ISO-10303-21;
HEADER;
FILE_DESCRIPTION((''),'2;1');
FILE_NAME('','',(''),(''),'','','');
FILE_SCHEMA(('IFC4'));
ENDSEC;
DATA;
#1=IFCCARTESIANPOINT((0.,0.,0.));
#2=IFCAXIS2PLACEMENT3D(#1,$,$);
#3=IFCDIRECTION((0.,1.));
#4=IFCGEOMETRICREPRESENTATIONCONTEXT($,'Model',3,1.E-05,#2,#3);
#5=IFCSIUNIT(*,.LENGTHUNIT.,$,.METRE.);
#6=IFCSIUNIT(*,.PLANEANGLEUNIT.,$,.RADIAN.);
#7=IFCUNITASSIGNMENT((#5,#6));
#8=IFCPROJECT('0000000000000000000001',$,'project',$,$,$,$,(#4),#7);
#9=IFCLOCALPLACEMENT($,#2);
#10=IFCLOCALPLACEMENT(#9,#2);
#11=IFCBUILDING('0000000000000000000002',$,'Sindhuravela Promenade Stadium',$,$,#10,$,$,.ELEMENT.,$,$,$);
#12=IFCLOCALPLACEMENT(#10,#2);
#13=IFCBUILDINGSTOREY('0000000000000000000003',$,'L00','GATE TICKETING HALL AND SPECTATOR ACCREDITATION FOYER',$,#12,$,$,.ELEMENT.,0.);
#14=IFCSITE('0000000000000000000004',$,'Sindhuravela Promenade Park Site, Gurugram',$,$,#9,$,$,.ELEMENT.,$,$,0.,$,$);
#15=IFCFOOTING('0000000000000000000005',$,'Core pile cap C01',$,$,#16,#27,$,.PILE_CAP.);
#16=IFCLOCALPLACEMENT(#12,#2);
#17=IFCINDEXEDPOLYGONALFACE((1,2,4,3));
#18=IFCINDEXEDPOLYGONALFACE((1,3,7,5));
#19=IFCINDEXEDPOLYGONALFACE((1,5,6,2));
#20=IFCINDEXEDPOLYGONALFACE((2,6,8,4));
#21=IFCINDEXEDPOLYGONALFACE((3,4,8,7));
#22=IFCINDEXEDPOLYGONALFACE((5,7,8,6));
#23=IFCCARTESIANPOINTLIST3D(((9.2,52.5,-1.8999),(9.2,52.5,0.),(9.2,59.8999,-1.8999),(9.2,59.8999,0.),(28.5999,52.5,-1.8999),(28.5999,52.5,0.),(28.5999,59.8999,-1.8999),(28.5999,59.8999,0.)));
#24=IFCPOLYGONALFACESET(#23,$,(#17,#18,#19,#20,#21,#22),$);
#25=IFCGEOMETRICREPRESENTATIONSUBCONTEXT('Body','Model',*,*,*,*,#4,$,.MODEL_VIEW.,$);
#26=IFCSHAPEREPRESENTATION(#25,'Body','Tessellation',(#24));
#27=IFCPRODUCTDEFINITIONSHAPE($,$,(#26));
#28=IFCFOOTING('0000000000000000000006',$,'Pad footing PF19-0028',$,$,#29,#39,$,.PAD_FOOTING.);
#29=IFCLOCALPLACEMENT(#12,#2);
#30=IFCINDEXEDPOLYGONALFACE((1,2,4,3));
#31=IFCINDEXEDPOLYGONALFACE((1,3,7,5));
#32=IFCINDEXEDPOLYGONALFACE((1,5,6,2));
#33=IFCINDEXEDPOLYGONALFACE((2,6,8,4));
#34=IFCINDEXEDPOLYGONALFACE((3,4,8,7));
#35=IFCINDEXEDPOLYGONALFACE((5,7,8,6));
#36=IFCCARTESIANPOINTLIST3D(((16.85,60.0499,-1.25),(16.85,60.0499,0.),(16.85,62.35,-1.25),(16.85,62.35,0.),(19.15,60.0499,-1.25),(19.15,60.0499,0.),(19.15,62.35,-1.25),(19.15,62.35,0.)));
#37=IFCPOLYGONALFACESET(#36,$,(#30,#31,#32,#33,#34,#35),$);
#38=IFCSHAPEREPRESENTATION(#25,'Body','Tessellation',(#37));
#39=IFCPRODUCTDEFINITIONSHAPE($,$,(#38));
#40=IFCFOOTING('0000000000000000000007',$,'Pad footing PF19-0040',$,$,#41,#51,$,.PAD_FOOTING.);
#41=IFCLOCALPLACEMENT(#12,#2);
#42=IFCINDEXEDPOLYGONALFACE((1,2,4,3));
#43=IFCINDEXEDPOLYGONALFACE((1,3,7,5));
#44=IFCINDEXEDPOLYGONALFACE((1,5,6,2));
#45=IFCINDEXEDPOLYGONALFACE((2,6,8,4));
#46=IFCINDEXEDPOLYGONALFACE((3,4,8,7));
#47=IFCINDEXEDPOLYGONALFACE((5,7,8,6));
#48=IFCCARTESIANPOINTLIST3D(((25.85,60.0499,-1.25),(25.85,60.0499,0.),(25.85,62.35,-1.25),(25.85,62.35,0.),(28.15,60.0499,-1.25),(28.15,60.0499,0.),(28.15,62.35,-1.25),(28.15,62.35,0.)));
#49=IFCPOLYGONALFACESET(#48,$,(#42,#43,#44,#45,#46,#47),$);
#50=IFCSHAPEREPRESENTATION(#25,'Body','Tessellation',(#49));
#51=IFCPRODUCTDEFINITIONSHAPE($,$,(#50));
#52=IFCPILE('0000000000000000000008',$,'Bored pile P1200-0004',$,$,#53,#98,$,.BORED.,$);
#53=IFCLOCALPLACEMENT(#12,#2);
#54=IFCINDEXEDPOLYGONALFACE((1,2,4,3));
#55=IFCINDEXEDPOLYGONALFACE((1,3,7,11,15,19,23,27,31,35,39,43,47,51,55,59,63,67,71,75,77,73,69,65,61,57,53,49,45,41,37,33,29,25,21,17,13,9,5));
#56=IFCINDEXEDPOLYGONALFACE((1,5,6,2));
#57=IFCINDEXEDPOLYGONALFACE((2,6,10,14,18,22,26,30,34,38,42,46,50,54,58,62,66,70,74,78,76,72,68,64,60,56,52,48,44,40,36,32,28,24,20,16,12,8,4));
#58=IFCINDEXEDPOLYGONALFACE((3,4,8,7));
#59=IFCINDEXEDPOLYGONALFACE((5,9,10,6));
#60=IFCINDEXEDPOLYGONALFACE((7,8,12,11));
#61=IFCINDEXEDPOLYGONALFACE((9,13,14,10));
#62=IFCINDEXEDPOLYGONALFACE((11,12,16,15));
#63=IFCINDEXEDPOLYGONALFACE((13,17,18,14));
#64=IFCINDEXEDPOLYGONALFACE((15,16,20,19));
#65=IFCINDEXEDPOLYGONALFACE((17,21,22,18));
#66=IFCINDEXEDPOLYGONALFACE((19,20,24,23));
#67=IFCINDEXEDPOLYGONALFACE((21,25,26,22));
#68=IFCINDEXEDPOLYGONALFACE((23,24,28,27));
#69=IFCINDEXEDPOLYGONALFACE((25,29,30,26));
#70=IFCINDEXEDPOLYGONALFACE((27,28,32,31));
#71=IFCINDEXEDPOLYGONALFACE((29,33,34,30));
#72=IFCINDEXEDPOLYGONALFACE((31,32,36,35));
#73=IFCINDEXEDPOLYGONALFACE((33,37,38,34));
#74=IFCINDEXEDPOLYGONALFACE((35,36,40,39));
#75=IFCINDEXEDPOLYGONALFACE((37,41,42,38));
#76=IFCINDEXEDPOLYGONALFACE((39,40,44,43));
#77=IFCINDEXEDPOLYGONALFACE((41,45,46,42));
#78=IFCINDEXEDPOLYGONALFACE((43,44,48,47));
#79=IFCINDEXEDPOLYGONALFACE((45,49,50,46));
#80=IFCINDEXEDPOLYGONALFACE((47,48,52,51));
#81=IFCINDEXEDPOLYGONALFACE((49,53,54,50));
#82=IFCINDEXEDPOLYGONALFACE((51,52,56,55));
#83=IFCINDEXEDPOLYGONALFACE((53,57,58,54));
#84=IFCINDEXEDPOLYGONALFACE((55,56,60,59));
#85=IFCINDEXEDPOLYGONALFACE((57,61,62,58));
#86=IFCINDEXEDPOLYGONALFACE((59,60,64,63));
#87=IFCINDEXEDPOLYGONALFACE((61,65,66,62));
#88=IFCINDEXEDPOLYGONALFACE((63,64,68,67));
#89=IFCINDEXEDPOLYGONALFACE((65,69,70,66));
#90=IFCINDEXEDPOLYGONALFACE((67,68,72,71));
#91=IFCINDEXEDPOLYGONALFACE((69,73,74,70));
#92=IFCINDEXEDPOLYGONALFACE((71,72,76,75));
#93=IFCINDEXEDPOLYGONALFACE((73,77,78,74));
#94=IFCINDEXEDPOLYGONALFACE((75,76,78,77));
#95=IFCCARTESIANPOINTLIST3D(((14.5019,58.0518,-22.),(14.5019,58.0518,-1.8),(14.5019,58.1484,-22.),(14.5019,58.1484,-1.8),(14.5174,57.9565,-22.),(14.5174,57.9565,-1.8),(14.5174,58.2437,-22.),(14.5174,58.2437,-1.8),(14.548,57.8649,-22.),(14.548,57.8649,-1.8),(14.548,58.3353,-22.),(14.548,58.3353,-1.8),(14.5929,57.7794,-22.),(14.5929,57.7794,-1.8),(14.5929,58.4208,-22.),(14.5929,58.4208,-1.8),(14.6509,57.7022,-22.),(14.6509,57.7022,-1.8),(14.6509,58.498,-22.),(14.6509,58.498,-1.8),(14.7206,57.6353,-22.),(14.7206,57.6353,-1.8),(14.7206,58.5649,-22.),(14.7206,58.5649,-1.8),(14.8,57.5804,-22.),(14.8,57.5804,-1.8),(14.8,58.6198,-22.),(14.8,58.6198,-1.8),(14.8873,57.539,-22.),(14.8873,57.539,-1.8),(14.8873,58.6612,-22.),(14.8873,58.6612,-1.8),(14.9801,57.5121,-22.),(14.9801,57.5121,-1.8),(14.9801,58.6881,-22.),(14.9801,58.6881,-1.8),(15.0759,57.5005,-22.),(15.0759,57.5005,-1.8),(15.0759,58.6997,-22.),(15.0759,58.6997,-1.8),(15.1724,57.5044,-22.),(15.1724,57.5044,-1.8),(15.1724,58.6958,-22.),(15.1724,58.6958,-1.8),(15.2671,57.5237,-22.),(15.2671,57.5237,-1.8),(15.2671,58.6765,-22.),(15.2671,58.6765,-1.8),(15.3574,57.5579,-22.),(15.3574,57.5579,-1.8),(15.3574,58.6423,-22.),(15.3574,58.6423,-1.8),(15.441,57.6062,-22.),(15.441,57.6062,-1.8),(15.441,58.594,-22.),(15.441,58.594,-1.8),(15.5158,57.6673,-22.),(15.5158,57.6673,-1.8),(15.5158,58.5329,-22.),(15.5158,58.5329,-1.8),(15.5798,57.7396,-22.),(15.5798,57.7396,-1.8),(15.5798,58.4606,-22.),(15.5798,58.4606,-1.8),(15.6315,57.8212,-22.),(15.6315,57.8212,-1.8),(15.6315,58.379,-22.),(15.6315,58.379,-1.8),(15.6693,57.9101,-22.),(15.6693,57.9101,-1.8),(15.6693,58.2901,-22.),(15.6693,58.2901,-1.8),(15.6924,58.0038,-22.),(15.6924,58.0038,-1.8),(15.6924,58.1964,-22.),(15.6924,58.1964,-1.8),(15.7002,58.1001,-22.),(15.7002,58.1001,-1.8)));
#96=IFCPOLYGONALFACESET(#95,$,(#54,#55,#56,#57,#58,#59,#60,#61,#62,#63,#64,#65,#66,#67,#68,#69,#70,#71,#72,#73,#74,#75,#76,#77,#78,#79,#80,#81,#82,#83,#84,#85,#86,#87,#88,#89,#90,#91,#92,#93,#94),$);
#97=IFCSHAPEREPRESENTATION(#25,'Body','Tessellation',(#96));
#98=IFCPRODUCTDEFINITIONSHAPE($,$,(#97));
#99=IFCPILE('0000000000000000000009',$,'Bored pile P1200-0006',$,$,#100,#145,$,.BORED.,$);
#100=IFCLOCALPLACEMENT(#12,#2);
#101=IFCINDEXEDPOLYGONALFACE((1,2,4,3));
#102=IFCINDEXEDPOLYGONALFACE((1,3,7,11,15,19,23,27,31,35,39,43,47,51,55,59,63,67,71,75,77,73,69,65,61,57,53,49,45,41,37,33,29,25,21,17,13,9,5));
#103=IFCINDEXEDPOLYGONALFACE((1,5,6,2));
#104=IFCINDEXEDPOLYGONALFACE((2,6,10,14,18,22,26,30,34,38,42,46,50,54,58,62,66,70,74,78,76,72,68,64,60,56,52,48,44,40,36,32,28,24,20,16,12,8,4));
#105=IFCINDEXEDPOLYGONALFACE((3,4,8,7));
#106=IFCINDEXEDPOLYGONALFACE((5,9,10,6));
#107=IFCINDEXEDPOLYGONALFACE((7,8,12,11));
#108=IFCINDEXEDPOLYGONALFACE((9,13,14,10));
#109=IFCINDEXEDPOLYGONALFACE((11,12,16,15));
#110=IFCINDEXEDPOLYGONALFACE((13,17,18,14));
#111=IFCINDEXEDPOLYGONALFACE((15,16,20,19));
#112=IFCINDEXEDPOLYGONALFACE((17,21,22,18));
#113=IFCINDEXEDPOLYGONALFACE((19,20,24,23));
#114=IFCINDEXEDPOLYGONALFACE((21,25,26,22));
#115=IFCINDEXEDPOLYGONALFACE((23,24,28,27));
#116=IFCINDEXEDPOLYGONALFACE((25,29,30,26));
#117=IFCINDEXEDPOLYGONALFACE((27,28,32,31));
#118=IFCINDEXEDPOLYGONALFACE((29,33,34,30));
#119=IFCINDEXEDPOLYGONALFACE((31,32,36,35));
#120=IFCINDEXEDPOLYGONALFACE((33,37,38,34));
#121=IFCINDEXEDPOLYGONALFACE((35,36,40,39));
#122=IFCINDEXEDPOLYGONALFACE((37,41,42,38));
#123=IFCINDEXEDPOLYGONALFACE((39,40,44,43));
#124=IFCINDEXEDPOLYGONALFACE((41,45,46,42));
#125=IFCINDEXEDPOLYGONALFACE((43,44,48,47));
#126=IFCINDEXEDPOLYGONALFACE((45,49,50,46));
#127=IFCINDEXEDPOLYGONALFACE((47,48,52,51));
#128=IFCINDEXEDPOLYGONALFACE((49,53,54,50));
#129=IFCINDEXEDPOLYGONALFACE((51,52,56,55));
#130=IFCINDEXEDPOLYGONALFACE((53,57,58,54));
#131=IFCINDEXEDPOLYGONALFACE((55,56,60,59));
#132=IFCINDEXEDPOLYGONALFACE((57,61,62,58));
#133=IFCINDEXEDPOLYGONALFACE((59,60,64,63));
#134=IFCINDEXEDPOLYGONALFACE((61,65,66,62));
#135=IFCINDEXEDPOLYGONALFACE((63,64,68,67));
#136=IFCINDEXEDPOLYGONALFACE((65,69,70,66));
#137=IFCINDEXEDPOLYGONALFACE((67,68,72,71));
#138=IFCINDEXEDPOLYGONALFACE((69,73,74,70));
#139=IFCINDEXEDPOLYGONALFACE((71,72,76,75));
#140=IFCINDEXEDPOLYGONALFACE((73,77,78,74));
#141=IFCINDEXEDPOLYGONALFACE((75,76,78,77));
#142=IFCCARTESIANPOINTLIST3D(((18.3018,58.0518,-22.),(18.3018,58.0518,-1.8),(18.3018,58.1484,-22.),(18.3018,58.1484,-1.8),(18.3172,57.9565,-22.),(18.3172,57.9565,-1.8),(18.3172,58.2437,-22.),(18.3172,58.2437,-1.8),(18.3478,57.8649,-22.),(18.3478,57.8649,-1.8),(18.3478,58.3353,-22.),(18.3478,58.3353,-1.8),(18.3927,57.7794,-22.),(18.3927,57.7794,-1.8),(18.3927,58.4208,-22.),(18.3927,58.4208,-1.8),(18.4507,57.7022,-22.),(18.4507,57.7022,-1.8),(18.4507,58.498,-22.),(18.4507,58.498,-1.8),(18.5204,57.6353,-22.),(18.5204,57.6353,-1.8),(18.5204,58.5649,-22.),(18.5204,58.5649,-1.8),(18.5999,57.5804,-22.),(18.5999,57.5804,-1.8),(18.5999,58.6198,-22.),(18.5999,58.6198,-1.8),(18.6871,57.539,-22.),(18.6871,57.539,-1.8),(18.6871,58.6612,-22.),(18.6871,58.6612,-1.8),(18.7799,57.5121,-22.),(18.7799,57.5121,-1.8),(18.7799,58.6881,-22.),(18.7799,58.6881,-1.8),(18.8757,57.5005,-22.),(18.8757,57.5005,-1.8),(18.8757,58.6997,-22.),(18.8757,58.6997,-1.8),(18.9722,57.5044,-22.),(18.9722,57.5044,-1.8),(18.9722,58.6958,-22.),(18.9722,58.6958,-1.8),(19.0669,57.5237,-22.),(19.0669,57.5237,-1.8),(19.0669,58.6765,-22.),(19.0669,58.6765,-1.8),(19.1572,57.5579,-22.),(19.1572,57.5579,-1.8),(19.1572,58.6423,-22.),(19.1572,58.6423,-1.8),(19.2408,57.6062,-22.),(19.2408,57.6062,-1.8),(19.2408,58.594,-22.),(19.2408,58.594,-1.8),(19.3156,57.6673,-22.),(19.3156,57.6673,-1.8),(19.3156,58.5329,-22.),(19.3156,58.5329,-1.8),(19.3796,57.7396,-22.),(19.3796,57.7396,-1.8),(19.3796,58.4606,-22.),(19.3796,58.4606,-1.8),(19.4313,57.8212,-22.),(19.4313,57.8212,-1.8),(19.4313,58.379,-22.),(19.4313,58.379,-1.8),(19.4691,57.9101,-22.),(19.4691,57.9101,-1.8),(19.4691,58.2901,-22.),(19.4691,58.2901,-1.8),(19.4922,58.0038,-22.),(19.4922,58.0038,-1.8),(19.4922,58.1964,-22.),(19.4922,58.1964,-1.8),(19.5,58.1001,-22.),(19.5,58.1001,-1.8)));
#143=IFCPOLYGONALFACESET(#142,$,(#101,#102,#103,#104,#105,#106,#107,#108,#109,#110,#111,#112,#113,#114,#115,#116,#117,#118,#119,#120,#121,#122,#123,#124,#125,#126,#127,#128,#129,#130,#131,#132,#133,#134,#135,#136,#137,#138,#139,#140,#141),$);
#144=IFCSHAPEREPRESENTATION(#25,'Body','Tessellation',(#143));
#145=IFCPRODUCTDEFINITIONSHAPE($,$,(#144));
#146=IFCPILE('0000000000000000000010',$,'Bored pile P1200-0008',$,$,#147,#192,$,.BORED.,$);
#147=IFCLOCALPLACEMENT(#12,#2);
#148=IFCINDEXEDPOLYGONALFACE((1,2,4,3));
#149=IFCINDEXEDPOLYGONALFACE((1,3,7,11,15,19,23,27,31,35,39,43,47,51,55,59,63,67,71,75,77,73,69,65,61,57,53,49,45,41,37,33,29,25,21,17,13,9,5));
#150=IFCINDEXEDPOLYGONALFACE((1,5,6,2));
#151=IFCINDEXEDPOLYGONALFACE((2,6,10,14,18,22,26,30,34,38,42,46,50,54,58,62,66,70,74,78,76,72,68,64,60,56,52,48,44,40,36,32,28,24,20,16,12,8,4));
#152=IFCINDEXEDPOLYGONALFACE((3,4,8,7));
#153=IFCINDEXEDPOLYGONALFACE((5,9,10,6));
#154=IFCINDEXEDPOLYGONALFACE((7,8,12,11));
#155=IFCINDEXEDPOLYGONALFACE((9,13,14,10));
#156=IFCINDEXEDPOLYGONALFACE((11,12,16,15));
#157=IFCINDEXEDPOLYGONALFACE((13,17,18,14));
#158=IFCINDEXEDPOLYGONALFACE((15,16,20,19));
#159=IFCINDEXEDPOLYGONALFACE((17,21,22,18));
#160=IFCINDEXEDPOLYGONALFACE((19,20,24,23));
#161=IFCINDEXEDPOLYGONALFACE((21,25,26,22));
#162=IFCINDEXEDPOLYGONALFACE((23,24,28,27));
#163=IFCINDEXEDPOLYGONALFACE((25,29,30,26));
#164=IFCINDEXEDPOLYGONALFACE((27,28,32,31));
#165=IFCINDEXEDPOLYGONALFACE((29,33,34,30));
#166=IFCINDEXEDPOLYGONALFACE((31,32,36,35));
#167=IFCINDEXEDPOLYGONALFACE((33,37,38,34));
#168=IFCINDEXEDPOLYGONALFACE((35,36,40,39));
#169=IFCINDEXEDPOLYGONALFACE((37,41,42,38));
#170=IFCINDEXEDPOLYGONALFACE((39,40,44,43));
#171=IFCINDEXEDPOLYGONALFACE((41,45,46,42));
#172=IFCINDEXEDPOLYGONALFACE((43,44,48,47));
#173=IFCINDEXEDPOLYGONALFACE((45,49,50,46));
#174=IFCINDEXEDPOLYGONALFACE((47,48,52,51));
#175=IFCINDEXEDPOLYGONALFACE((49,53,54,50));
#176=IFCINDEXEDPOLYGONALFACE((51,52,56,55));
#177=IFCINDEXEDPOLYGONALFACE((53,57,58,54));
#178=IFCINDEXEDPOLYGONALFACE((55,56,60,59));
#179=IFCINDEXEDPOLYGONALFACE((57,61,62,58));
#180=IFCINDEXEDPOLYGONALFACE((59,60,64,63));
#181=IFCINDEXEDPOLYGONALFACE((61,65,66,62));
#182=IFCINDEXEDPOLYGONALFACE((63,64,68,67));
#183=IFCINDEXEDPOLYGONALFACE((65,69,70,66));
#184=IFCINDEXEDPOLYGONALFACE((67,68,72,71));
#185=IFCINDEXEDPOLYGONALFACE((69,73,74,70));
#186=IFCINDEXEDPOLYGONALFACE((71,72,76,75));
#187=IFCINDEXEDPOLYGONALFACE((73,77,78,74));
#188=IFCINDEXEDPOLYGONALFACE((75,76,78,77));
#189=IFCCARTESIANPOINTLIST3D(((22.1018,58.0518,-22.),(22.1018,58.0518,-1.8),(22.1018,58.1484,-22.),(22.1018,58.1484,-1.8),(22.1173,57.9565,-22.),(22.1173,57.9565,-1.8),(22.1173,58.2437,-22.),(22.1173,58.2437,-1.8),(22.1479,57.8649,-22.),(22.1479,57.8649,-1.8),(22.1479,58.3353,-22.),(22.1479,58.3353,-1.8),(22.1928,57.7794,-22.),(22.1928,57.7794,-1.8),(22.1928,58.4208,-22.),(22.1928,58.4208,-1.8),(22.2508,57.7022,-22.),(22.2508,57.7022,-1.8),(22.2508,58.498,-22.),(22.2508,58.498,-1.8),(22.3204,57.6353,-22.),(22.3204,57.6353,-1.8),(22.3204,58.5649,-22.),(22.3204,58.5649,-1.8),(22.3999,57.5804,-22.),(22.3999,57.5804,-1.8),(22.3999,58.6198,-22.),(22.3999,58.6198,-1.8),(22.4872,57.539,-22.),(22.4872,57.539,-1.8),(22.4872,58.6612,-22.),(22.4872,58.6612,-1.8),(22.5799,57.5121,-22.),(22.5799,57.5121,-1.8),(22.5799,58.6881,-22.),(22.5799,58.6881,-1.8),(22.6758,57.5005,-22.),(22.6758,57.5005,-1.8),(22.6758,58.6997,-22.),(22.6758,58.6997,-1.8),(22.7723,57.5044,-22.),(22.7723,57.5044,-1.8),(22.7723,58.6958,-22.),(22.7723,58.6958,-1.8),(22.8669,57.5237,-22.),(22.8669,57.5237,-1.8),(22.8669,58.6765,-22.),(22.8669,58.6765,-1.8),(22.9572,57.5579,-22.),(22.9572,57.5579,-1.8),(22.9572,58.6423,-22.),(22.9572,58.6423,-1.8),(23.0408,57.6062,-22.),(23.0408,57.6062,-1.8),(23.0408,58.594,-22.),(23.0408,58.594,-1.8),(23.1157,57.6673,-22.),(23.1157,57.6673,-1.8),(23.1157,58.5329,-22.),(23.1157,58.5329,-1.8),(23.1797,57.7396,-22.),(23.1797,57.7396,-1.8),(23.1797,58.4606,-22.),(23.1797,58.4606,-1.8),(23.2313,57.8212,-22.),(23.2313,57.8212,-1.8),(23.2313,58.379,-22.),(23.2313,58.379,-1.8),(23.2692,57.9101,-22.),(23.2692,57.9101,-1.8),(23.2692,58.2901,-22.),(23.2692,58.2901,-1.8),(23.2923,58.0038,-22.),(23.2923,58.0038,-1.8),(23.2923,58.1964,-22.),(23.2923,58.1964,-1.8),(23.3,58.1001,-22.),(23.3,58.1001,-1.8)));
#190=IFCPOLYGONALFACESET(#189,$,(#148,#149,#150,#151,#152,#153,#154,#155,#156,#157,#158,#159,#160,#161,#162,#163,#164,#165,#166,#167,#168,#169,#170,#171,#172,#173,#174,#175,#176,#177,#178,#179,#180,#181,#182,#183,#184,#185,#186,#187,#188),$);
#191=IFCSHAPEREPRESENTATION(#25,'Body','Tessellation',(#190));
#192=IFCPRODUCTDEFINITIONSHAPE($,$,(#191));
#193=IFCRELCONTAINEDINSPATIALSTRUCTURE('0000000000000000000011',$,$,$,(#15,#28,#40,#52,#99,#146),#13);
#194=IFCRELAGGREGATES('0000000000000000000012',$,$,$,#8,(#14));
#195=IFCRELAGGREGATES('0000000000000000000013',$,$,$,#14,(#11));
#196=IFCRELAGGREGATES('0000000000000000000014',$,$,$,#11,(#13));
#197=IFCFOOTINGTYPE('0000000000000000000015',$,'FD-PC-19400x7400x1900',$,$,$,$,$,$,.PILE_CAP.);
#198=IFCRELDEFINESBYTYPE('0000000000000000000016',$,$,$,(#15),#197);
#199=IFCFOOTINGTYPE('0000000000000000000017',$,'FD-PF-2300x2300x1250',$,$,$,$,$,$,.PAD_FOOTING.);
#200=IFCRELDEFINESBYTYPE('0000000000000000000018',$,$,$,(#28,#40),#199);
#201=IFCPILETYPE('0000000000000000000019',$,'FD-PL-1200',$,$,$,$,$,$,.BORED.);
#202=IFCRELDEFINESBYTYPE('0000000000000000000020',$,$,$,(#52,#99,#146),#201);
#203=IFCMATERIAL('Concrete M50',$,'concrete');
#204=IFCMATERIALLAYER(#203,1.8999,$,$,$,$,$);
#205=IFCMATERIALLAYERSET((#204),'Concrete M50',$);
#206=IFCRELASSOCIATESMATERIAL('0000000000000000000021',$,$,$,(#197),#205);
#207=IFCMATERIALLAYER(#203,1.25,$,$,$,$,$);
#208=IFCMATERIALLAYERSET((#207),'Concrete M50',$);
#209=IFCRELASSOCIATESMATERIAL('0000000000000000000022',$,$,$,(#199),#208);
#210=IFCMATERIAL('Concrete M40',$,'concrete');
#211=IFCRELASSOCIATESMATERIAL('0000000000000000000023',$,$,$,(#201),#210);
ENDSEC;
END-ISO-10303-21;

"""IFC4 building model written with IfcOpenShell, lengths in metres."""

from ifc_helpers import new_model, si_unit, direction, frame, origin, origin_2d, place, context, subcontext, project, spatial, rectangle, circle, extrude, material, layer, layer_set, material_profile, profile_set, type_object, element, save


model = new_model("IFC4")

# Units and contexts
model_context = context("Model", 3, precision=1e-05, world=origin(), true_north=direction((0.0, 1.0)))
body_context = subcontext(model_context, "Body", "Model", "MODEL_VIEW")
ifc_project = project(units=[si_unit("LENGTHUNIT", "METRE"), si_unit("PLANEANGLEUNIT", "RADIAN")], contexts=[model_context])

# Site, building, storey
site_placement = place(None, origin())
site = spatial("IfcSite", under=ifc_project, at=site_placement, Name="Sindhuravela Promenade Park Site, Gurugram", CompositionType="ELEMENT", RefElevation=0.0)
building_placement = place(site_placement, origin())
building = spatial("IfcBuilding", under=site, at=building_placement, Name="Sindhuravela Promenade Stadium", CompositionType="ELEMENT")
storey_placement = place(building_placement, origin())
storey = spatial("IfcBuildingStorey", under=building, at=storey_placement, Name="L00", Description="GATE TICKETING HALL AND SPECTATOR ACCREDITATION FOYER", CompositionType="ELEMENT", Elevation=0.0)

# Footings
ifc_material_1 = material(Name="Concrete M50", Category="concrete")
ifc_layer_1 = layer(ifc_material_1, 1.8999)
ifc_layer_set_1 = layer_set([ifc_layer_1], Name="Concrete M50")
footing_type_1 = type_object("IfcFootingType", Name="FD-PC-19400x7400x1900", PredefinedType="PILE_CAP", material=ifc_layer_set_1)
footing_placement = place(storey_placement, frame((18.8999, 56.2, -1.8999), z_axis=(0.0, 0.0, 1.0), x_axis=(1.0, 0.0, 0.0)))
element("IfcFooting", 1, at=footing_placement, inside=storey, type_object=footing_type_1, Name="Core pile cap C01", PredefinedType="PILE_CAP", context=body_context, shape_type="SweptSolid", body=[
    extrude(rectangle(XDim=19.3999, YDim=7.3999, at=origin_2d()), origin(), (0.0, 0.0, 1.0), 1.8999),
])
ifc_layer_2 = layer(ifc_material_1, 1.25)
ifc_layer_set_2 = layer_set([ifc_layer_2], Name="Concrete M50")
footing_type_2 = type_object("IfcFootingType", Name="FD-PF-2300x2300x1250", PredefinedType="PAD_FOOTING", material=ifc_layer_set_2)
for number, where, z_axis, x_axis, name in (
    (2, (18.0, 61.2, -1.25), (0.0, 0.0, 1.0), (1.0, 0.0, 0.0), "Pad footing PF19-0028"),
    (3, (27.0, 61.2, -1.25), (0.0, 0.0, 1.0), (1.0, 0.0, 0.0), "Pad footing PF19-0040"),
):
    element("IfcFooting", number, at=place(storey_placement, frame(where, z_axis=z_axis, x_axis=x_axis)), inside=storey, type_object=footing_type_2, Name=name, PredefinedType="PAD_FOOTING", context=body_context, shape_type="SweptSolid", body=[
        extrude(rectangle(XDim=2.3, YDim=2.3, at=origin_2d()), origin(), (0.0, 0.0, 1.0), 1.25),
    ])

# Piles
ifc_material_2 = material(Name="Concrete M40", Category="concrete")
ifc_material_profile_1 = material_profile(ifc_material_2, circle(Radius=0.6001, at=origin_2d()), Name="BORED PILE D1200")
ifc_profile_set_1 = profile_set([ifc_material_profile_1], Name="Concrete M40")
pile_type = type_object("IfcPileType", Name="FD-PL-1200", PredefinedType="BORED", material=ifc_profile_set_1)
for number, where, z_axis, x_axis, name in (
    (4, (15.1001, 58.1001, -1.8), (0.0, 0.0, -1.0), (1.0, 0.0, 0.0), "Bored pile P1200-0004"),
    (5, (18.8999, 58.1001, -1.8), (0.0, 0.0, -1.0), (1.0, 0.0, 0.0), "Bored pile P1200-0006"),
    (6, (22.7, 58.1001, -1.8), (0.0, 0.0, -1.0), (1.0, 0.0, 0.0), "Bored pile P1200-0008"),
):
    element("IfcPile", number, at=place(storey_placement, frame(where, z_axis=z_axis, x_axis=x_axis)), inside=storey, type_object=pile_type, Name=name, PredefinedType="BORED", context=body_context, shape_type="SweptSolid", body=[
        extrude(circle(Radius=0.6001, at=origin_2d()), origin(), (0.0, 0.0, 1.0), 20.2),
    ])

save(model, "model.ifc")
